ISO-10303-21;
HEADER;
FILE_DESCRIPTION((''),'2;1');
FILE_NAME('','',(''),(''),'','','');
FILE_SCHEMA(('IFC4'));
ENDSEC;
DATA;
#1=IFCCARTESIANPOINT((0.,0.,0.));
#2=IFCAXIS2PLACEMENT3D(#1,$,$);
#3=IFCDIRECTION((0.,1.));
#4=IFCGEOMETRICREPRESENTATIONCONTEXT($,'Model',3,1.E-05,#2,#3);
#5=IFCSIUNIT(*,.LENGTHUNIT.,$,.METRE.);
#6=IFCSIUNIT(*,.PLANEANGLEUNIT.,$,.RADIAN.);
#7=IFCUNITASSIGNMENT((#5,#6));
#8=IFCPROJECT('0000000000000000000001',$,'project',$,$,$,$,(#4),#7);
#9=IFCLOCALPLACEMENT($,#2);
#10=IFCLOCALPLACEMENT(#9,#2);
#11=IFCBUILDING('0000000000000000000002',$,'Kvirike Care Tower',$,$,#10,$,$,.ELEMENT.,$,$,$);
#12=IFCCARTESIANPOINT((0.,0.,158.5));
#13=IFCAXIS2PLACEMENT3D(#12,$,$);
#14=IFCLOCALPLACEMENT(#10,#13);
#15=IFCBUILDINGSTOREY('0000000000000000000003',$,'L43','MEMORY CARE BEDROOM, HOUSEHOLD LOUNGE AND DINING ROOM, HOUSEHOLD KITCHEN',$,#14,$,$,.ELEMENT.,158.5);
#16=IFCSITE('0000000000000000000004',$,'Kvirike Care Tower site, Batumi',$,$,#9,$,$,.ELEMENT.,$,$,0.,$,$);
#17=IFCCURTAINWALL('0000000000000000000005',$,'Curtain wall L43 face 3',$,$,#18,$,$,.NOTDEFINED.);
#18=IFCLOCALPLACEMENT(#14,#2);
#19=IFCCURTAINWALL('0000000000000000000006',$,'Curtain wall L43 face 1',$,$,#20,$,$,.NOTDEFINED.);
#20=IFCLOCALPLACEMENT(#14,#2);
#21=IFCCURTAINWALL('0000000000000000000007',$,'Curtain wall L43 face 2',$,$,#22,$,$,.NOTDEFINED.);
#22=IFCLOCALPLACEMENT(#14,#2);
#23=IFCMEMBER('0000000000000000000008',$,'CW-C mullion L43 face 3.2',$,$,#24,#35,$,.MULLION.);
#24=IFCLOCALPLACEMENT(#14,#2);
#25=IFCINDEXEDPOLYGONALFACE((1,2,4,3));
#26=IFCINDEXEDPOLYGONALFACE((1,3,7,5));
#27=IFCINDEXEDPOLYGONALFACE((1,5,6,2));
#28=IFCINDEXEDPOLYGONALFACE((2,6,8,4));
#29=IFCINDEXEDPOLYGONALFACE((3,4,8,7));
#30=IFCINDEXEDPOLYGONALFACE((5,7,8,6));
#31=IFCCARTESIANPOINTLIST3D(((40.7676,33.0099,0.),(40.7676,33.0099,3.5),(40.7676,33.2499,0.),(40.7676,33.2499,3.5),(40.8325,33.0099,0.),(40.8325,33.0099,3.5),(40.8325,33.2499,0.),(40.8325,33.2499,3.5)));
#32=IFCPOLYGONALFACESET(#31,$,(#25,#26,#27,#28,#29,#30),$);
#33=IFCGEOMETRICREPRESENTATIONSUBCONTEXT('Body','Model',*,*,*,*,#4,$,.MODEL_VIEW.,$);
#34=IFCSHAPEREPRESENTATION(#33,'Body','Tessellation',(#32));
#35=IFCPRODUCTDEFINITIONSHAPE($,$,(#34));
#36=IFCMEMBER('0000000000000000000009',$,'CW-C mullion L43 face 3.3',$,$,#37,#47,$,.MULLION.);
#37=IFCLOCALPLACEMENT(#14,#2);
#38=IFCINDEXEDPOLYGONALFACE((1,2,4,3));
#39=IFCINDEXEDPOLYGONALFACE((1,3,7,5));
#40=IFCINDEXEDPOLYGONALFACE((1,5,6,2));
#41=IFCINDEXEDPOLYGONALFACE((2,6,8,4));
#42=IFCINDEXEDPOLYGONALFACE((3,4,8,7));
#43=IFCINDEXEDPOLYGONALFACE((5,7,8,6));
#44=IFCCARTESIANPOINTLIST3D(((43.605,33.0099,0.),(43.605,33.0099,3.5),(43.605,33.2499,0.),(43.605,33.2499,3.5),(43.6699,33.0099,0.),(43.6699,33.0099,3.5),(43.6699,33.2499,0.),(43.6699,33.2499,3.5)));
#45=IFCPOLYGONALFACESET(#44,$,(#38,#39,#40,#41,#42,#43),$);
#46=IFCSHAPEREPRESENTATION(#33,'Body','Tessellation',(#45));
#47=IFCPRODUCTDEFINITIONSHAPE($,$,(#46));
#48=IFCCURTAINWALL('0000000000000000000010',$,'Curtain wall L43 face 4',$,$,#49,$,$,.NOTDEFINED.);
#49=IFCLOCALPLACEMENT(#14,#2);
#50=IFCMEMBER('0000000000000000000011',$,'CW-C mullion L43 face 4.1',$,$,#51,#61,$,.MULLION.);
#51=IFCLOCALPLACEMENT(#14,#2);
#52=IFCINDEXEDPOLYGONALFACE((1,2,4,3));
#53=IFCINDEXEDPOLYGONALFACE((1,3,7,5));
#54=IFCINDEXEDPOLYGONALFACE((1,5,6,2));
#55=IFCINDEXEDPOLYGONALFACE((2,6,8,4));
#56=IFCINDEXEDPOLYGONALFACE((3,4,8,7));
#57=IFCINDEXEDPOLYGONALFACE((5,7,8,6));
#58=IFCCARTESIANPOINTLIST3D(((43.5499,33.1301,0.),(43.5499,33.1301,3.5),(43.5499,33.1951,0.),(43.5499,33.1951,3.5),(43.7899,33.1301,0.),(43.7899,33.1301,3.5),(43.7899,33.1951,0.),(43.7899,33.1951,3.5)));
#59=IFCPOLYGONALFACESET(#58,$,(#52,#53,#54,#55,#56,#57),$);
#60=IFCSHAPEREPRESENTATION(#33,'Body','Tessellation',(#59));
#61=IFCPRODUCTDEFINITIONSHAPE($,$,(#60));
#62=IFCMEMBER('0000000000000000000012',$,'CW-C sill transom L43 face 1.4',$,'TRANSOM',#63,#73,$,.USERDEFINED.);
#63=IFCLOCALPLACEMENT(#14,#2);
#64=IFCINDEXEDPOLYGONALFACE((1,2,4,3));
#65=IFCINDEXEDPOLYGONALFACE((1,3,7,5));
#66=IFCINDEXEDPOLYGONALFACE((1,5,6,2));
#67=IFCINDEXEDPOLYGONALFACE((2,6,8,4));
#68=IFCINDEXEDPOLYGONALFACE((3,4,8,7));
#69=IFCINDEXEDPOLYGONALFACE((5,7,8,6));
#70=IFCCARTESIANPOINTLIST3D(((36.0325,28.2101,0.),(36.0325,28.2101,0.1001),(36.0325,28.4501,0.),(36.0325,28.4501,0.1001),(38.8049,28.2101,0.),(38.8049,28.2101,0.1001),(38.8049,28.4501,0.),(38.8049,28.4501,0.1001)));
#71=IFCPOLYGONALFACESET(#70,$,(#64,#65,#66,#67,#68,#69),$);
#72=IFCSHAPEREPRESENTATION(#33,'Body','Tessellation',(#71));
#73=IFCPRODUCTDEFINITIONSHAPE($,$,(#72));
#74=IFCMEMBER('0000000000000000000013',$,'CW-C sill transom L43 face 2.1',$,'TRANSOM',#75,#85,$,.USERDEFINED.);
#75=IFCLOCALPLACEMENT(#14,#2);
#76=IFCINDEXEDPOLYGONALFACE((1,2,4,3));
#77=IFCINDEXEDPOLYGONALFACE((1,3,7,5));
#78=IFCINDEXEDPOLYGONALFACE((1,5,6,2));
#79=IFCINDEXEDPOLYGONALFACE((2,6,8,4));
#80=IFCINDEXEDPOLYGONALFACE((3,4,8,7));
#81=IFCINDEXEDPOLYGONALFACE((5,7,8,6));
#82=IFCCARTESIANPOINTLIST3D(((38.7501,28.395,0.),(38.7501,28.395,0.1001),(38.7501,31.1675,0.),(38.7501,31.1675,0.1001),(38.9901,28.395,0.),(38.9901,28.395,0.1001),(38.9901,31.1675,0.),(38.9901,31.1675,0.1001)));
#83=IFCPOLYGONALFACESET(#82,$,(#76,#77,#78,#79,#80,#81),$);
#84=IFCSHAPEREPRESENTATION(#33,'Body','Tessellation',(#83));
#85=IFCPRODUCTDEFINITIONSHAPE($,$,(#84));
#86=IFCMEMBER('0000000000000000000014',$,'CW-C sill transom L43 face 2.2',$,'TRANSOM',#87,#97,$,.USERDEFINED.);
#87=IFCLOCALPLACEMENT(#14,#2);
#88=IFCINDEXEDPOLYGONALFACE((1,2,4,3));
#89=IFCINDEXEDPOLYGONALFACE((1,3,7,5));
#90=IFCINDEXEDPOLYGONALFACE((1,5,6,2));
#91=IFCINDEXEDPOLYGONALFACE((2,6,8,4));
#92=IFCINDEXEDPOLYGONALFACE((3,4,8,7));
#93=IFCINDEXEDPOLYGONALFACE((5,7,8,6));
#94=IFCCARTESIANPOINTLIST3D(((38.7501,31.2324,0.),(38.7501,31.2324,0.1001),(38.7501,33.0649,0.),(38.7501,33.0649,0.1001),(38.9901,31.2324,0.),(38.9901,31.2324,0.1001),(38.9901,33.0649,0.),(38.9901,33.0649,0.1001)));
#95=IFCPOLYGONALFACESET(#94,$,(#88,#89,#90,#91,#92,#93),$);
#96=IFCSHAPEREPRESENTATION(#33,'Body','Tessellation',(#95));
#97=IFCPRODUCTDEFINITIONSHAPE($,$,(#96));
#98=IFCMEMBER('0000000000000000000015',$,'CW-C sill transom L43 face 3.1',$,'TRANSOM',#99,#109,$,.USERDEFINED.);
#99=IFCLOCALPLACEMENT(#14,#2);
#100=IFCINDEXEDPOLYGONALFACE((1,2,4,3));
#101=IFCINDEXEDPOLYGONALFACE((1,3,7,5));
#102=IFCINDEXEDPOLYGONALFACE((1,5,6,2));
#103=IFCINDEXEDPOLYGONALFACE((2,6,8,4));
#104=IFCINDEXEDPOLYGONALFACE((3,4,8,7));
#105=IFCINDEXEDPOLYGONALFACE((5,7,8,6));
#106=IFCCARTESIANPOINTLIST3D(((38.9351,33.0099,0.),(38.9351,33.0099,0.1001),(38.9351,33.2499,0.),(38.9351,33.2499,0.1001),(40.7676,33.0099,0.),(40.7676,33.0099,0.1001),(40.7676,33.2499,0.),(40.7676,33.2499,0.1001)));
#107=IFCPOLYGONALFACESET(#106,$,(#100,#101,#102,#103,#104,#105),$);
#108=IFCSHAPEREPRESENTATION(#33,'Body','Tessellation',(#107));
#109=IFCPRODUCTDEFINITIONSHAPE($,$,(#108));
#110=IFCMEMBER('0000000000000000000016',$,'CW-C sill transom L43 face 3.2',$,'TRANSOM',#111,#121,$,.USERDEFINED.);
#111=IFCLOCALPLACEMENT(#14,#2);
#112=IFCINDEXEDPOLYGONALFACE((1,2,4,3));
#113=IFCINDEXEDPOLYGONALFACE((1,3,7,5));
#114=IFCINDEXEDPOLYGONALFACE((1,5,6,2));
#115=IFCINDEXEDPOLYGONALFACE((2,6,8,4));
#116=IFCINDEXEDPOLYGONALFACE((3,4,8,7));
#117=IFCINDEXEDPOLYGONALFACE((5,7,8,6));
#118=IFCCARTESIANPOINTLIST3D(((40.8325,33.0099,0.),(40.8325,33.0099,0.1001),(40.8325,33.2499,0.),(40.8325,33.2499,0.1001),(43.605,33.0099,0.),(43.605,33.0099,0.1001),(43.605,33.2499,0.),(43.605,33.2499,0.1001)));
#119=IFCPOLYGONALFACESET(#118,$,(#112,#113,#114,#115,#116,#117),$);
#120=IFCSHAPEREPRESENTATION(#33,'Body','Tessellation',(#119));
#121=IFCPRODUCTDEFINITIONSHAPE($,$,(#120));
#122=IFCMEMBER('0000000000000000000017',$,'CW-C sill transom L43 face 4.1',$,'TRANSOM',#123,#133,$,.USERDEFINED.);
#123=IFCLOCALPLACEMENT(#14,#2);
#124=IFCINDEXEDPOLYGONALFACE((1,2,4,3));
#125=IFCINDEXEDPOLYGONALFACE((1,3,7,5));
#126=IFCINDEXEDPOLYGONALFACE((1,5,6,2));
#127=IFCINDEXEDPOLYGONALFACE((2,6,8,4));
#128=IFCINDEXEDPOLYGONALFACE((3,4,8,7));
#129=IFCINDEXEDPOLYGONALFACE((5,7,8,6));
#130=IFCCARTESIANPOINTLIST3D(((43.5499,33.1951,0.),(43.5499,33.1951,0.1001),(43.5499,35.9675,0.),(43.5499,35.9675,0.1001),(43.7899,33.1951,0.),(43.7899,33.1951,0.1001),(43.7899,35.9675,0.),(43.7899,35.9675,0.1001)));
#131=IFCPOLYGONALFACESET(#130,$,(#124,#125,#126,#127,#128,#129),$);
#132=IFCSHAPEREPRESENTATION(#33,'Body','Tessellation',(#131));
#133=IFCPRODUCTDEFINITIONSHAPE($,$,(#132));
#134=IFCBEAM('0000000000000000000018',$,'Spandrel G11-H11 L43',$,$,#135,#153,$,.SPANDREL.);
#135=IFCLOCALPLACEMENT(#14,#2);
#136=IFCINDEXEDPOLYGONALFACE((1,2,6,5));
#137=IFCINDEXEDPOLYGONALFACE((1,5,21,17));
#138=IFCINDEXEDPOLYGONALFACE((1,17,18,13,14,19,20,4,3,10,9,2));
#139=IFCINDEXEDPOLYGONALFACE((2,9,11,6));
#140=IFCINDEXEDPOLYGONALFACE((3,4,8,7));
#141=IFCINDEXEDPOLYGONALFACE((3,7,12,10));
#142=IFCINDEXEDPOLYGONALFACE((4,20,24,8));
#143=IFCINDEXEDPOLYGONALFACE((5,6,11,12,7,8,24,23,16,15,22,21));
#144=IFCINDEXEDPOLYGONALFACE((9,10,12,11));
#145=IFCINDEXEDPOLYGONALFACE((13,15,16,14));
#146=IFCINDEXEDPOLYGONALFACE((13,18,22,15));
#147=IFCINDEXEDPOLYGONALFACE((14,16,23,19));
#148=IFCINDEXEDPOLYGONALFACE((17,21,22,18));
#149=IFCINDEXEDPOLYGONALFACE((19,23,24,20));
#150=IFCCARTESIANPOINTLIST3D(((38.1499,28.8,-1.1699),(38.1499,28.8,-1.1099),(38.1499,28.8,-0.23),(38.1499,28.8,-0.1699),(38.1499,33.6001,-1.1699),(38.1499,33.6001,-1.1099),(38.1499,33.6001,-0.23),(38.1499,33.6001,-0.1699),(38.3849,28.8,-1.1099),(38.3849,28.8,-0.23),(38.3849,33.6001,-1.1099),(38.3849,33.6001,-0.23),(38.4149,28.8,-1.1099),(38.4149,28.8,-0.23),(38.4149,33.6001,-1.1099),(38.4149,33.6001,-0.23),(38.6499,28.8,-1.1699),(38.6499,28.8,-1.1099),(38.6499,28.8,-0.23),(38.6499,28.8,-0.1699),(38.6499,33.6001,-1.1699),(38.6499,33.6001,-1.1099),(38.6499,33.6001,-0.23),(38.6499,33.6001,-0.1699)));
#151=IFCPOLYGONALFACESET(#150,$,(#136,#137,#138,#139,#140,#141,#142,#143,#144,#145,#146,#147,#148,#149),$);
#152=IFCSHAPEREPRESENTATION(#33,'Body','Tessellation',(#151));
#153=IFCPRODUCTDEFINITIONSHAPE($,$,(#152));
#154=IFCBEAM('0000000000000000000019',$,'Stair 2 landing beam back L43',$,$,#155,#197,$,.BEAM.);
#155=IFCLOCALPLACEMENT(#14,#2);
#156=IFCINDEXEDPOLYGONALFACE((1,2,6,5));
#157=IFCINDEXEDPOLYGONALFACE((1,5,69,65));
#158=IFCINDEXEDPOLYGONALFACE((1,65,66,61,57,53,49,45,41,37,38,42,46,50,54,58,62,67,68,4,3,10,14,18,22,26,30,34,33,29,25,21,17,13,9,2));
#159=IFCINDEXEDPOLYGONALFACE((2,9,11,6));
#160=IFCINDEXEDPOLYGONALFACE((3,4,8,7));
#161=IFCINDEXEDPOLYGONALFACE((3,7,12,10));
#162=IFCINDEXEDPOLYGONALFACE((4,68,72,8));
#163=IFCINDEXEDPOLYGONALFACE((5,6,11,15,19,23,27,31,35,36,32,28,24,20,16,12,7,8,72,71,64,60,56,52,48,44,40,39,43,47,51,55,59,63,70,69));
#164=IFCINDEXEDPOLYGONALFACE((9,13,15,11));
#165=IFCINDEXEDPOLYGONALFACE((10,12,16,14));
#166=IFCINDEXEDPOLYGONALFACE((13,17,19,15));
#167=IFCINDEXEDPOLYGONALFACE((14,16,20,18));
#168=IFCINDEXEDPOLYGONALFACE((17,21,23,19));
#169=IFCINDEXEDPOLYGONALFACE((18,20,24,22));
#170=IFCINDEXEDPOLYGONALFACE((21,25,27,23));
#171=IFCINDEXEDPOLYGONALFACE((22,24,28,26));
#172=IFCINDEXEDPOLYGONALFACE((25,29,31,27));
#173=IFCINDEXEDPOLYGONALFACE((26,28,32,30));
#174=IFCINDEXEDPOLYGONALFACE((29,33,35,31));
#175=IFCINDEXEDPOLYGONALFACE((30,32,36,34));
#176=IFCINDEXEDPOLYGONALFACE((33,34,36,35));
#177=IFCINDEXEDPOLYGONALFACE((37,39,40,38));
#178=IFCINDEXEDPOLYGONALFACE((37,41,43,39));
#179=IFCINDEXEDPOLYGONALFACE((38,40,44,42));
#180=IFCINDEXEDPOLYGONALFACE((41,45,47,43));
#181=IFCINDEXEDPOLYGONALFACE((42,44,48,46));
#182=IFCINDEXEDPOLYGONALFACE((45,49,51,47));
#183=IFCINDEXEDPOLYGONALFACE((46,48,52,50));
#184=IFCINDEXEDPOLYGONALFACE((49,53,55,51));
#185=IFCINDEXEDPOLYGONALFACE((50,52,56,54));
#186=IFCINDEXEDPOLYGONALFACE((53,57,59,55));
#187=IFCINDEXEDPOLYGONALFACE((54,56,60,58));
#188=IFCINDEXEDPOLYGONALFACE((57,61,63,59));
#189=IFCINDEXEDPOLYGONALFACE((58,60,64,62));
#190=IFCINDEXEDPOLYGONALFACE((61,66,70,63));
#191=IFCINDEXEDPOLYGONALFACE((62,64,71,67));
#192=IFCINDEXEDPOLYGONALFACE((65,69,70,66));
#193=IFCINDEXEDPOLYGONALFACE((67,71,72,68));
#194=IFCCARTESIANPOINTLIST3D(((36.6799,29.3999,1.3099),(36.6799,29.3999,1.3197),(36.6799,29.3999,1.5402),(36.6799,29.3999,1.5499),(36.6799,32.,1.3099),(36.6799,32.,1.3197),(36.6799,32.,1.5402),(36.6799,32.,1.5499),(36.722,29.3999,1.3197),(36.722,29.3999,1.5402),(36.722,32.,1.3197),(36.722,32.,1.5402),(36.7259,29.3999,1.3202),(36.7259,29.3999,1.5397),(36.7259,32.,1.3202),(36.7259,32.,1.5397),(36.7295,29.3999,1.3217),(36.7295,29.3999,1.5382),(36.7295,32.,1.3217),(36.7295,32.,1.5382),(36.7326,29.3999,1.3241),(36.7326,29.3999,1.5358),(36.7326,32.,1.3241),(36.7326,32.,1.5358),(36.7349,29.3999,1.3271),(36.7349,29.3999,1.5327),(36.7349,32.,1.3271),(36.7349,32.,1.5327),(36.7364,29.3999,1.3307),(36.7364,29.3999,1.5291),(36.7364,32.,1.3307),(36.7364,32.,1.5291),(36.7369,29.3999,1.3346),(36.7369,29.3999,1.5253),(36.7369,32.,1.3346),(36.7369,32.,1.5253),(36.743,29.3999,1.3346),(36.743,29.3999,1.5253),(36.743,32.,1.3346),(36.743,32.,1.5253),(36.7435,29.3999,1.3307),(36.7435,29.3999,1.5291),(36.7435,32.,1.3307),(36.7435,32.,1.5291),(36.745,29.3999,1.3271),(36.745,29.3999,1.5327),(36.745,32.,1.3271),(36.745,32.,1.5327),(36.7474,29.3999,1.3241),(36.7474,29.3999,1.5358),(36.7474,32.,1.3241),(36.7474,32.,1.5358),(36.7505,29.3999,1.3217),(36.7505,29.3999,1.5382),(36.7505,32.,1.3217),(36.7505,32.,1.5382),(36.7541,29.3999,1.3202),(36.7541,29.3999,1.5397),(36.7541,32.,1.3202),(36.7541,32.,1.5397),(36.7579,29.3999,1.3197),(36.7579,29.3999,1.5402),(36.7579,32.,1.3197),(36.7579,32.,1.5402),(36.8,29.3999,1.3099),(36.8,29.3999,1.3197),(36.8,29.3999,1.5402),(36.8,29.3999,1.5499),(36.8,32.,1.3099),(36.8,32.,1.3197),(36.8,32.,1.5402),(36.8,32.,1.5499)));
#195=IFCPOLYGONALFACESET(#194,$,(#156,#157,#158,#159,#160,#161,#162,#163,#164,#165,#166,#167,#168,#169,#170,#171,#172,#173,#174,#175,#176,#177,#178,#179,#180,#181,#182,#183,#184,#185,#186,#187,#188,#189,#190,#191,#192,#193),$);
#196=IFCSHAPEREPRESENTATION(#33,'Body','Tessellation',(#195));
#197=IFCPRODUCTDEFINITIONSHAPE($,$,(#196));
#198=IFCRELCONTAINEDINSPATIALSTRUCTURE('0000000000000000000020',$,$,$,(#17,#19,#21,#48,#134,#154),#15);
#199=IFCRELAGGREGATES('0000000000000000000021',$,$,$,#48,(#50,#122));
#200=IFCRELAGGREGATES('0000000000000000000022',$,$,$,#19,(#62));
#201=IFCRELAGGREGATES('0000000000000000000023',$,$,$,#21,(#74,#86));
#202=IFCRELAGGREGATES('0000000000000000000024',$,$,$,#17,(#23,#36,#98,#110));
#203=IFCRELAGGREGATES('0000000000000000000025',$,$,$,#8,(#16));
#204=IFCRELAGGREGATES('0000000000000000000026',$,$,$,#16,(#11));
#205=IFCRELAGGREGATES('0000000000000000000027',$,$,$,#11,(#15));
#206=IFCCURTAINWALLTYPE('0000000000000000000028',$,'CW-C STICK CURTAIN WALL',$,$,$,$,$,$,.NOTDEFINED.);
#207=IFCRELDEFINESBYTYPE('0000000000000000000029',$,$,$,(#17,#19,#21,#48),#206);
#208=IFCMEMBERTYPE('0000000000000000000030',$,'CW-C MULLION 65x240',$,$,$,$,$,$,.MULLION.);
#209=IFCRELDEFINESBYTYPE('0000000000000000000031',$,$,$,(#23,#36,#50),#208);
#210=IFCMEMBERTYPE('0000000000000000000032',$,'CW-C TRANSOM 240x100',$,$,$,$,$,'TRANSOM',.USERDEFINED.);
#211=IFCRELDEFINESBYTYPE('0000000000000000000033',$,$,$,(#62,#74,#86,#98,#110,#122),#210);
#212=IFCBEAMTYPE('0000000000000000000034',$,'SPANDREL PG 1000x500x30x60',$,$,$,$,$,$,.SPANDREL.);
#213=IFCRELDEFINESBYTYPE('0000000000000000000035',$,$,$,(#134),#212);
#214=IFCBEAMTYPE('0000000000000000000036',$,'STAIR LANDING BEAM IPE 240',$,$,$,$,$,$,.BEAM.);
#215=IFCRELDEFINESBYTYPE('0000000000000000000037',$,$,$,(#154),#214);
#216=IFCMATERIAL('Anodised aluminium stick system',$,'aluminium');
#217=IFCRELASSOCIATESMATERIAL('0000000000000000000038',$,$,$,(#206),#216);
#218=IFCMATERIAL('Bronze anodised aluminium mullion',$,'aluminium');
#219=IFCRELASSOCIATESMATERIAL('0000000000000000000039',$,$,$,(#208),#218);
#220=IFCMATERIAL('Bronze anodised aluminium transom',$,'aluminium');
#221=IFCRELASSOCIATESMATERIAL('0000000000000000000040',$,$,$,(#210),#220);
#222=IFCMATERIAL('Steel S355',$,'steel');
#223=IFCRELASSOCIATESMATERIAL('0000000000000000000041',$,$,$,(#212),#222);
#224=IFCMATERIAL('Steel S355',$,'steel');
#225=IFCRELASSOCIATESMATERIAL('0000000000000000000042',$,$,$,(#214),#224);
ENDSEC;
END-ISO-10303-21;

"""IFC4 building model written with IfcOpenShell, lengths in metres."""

from ifc_helpers import new_model, si_unit, direction, frame, origin, origin_2d, place, context, subcontext, project, spatial, rectangle, i_section, extrude, material, material_profile, profile_set, type_object, element, aggregate, save


model = new_model("IFC4")

# Units and contexts
model_context = context("Model", 3, precision=1e-05, world=origin(), true_north=direction((0.0, 1.0)))
body_context = subcontext(model_context, "Body", "Model", "MODEL_VIEW")
ifc_project = project(units=[si_unit("LENGTHUNIT", "METRE"), si_unit("PLANEANGLEUNIT", "RADIAN")], contexts=[model_context])

# Site, building, storey
site_placement = place(None, origin())
site = spatial("IfcSite", under=ifc_project, at=site_placement, Name="Kvirike Care Tower site, Batumi", CompositionType="ELEMENT", RefElevation=0.0)
building_placement = place(site_placement, origin())
building = spatial("IfcBuilding", under=site, at=building_placement, Name="Kvirike Care Tower", CompositionType="ELEMENT")
storey_placement = place(building_placement, frame((0.0, 0.0, 158.5)))
storey = spatial("IfcBuildingStorey", under=building, at=storey_placement, Name="L43", Description="MEMORY CARE BEDROOM, HOUSEHOLD LOUNGE AND DINING ROOM, HOUSEHOLD KITCHEN", CompositionType="ELEMENT", Elevation=158.5)

# Curtain wall
ifc_material_1 = material(Name="Anodised aluminium stick system", Category="aluminium")
curtain_wall_type = type_object("IfcCurtainWallType", Name="CW-C STICK CURTAIN WALL", PredefinedType="NOTDEFINED", material=ifc_material_1)
curtain_wall_1_placement = place(storey_placement, origin())
curtain_wall_1 = element("IfcCurtainWall", 1, at=curtain_wall_1_placement, inside=storey, type_object=curtain_wall_type, Name="Curtain wall L43 face 3", PredefinedType="NOTDEFINED")

# Curtain walls
curtain_wall_2_placement = place(storey_placement, origin())
curtain_wall_2 = element("IfcCurtainWall", 2, at=curtain_wall_2_placement, inside=storey, type_object=curtain_wall_type, Name="Curtain wall L43 face 1", PredefinedType="NOTDEFINED")
ifc_material_2 = material(Name="Bronze anodised aluminium mullion", Category="aluminium")
ifc_material_profile_1 = material_profile(ifc_material_2, rectangle(XDim=0.0649, YDim=0.24, at=origin_2d()), Name="CW-C MULLION 65x240")
ifc_profile_set_1 = profile_set([ifc_material_profile_1], Name="Bronze anodised aluminium mullion")
member_type_1 = type_object("IfcMemberType", Name="CW-C MULLION 65x240", PredefinedType="MULLION", material=ifc_profile_set_1)
curtain_wall_3_placement = place(storey_placement, origin())
curtain_wall_3 = element("IfcCurtainWall", 3, at=curtain_wall_3_placement, inside=storey, type_object=curtain_wall_type, Name="Curtain wall L43 face 2", PredefinedType="NOTDEFINED")

# Members
member_1_placement = place(storey_placement, frame((40.8, 33.1299, 0.0), z_axis=(0.0, 0.0, 1.0), x_axis=(1.0, 0.0, 0.0)))
member_1 = element("IfcMember", 4, at=member_1_placement, type_object=member_type_1, Name="CW-C mullion L43 face 3.2", PredefinedType="MULLION", context=body_context, shape_type="SweptSolid", body=[
    extrude(rectangle(XDim=0.0649, YDim=0.24, at=origin_2d()), origin(), (0.0, 0.0, 1.0), 3.5),
])
member_2_placement = place(storey_placement, frame((43.6375, 33.1299, 0.0), z_axis=(0.0, 0.0, 1.0), x_axis=(1.0, 0.0, 0.0)))
member_2 = element("IfcMember", 5, at=member_2_placement, type_object=member_type_1, Name="CW-C mullion L43 face 3.3", PredefinedType="MULLION", context=body_context, shape_type="SweptSolid", body=[
    extrude(rectangle(XDim=0.0649, YDim=0.24, at=origin_2d()), origin(), (0.0, 0.0, 1.0), 3.5),
])

# Curtain wall, member
curtain_wall_4_placement = place(storey_placement, origin())
curtain_wall_4 = element("IfcCurtainWall", 6, at=curtain_wall_4_placement, inside=storey, type_object=curtain_wall_type, Name="Curtain wall L43 face 4", PredefinedType="NOTDEFINED")
member_3_placement = place(storey_placement, frame((43.6699, 33.1626, 0.0), z_axis=(0.0, 0.0, 1.0), x_axis=(0.0, 1.0, 0.0)))
member_3 = element("IfcMember", 7, at=member_3_placement, type_object=member_type_1, Name="CW-C mullion L43 face 4.1", PredefinedType="MULLION", context=body_context, shape_type="SweptSolid", body=[
    extrude(rectangle(XDim=0.0649, YDim=0.24, at=origin_2d()), origin(), (0.0, 0.0, 1.0), 3.5),
])

# Members
ifc_material_3 = material(Name="Bronze anodised aluminium transom", Category="aluminium")
ifc_material_profile_2 = material_profile(ifc_material_3, rectangle(XDim=0.24, YDim=0.1001, at=origin_2d()), Name="CW-C TRANSOM 240x100")
ifc_profile_set_2 = profile_set([ifc_material_profile_2], Name="Bronze anodised aluminium transom")
member_type_2 = type_object("IfcMemberType", Name="CW-C TRANSOM 240x100", ElementType="TRANSOM", PredefinedType="USERDEFINED", material=ifc_profile_set_2)
member_4_placement = place(storey_placement, frame((36.0325, 28.3301, 0.05), z_axis=(1.0, 0.0, 0.0), x_axis=(0.0, 1.0, 0.0)))
member_4 = element("IfcMember", 8, at=member_4_placement, type_object=member_type_2, Name="CW-C sill transom L43 face 1.4", ObjectType="TRANSOM", PredefinedType="USERDEFINED", context=body_context, shape_type="SweptSolid", body=[
    extrude(rectangle(XDim=0.24, YDim=0.1001, at=origin_2d()), origin(), (0.0, 0.0, 1.0), 2.7725),
])
member_5_placement = place(storey_placement, frame((38.8701, 28.395, 0.05), z_axis=(0.0, 1.0, 0.0), x_axis=(-1.0, 0.0, 0.0)))
member_5 = element("IfcMember", 9, at=member_5_placement, type_object=member_type_2, Name="CW-C sill transom L43 face 2.1", ObjectType="TRANSOM", PredefinedType="USERDEFINED", context=body_context, shape_type="SweptSolid", body=[
    extrude(rectangle(XDim=0.24, YDim=0.1001, at=origin_2d()), origin(), (0.0, 0.0, 1.0), 2.7725),
])
member_6_placement = place(storey_placement, frame((38.8701, 31.2324, 0.05), z_axis=(0.0, 1.0, 0.0), x_axis=(-1.0, 0.0, 0.0)))
member_6 = element("IfcMember", 10, at=member_6_placement, type_object=member_type_2, Name="CW-C sill transom L43 face 2.2", ObjectType="TRANSOM", PredefinedType="USERDEFINED", context=body_context, shape_type="SweptSolid", body=[
    extrude(rectangle(XDim=0.24, YDim=0.1001, at=origin_2d()), origin(), (0.0, 0.0, 1.0), 1.8325),
])
member_7_placement = place(storey_placement, frame((38.9351, 33.1299, 0.05), z_axis=(1.0, 0.0, 0.0), x_axis=(0.0, 1.0, 0.0)))
member_7 = element("IfcMember", 11, at=member_7_placement, type_object=member_type_2, Name="CW-C sill transom L43 face 3.1", ObjectType="TRANSOM", PredefinedType="USERDEFINED", context=body_context, shape_type="SweptSolid", body=[
    extrude(rectangle(XDim=0.24, YDim=0.1001, at=origin_2d()), origin(), (0.0, 0.0, 1.0), 1.8325),
])
member_8_placement = place(storey_placement, frame((40.8325, 33.1299, 0.05), z_axis=(1.0, 0.0, 0.0), x_axis=(0.0, 1.0, 0.0)))
member_8 = element("IfcMember", 12, at=member_8_placement, type_object=member_type_2, Name="CW-C sill transom L43 face 3.2", ObjectType="TRANSOM", PredefinedType="USERDEFINED", context=body_context, shape_type="SweptSolid", body=[
    extrude(rectangle(XDim=0.24, YDim=0.1001, at=origin_2d()), origin(), (0.0, 0.0, 1.0), 2.7725),
])
member_9_placement = place(storey_placement, frame((43.6699, 33.1951, 0.05), z_axis=(0.0, 1.0, 0.0), x_axis=(-1.0, 0.0, 0.0)))
member_9 = element("IfcMember", 13, at=member_9_placement, type_object=member_type_2, Name="CW-C sill transom L43 face 4.1", ObjectType="TRANSOM", PredefinedType="USERDEFINED", context=body_context, shape_type="SweptSolid", body=[
    extrude(rectangle(XDim=0.24, YDim=0.1001, at=origin_2d()), origin(), (0.0, 0.0, 1.0), 2.7725),
])
aggregate(curtain_wall_4, [member_3, member_9])

# Beams
ifc_material_4 = material(Name="Steel S355", Category="steel")
ifc_material_profile_3 = material_profile(ifc_material_4, i_section(OverallWidth=0.5, OverallDepth=1.0, WebThickness=0.03, FlangeThickness=0.0601, at=origin_2d()), Name="PG 1000x500x30x60")
ifc_profile_set_3 = profile_set([ifc_material_profile_3], Name="Steel S355")
beam_type_1 = type_object("IfcBeamType", Name="SPANDREL PG 1000x500x30x60", PredefinedType="SPANDREL", material=ifc_profile_set_3)
beam_1_placement = place(storey_placement, frame((38.3999, 28.8, -0.6699), z_axis=(0.0, 1.0, 0.0), x_axis=(-1.0, 0.0, 0.0)))
element("IfcBeam", 14, at=beam_1_placement, inside=storey, type_object=beam_type_1, Name="Spandrel G11-H11 L43", PredefinedType="SPANDREL", context=body_context, shape_type="SweptSolid", body=[
    extrude(i_section(OverallWidth=0.5, OverallDepth=1.0, WebThickness=0.03, FlangeThickness=0.0601, at=origin_2d()), origin(), (0.0, 0.0, 1.0), 4.8),
])
ifc_material_5 = material(Name="Steel S355", Category="steel")
ifc_material_profile_4 = material_profile(ifc_material_5, i_section(OverallWidth=0.1201, OverallDepth=0.24, WebThickness=0.0061, FlangeThickness=0.0098, FilletRadius=0.0149, at=origin_2d()), Name="IPE 240")
ifc_profile_set_4 = profile_set([ifc_material_profile_4], Name="Steel S355")
beam_type_2 = type_object("IfcBeamType", Name="STAIR LANDING BEAM IPE 240", PredefinedType="BEAM", material=ifc_profile_set_4)
beam_2_placement = place(storey_placement, frame((36.74, 29.3999, 1.4299), z_axis=(0.0, 1.0, 0.0), x_axis=(-1.0, 0.0, 0.0)))
element("IfcBeam", 15, at=beam_2_placement, inside=storey, type_object=beam_type_2, Name="Stair 2 landing beam back L43", PredefinedType="BEAM", context=body_context, shape_type="SweptSolid", body=[
    extrude(i_section(OverallWidth=0.1201, OverallDepth=0.24, WebThickness=0.0061, FlangeThickness=0.0098, FilletRadius=0.0149, at=origin_2d()), origin(), (0.0, 0.0, 1.0), 2.6001),
])

aggregate(curtain_wall_2, [member_4])
aggregate(curtain_wall_3, [member_5, member_6])
aggregate(curtain_wall_1, [member_1, member_2, member_7, member_8])

save(model, "model.ifc")
